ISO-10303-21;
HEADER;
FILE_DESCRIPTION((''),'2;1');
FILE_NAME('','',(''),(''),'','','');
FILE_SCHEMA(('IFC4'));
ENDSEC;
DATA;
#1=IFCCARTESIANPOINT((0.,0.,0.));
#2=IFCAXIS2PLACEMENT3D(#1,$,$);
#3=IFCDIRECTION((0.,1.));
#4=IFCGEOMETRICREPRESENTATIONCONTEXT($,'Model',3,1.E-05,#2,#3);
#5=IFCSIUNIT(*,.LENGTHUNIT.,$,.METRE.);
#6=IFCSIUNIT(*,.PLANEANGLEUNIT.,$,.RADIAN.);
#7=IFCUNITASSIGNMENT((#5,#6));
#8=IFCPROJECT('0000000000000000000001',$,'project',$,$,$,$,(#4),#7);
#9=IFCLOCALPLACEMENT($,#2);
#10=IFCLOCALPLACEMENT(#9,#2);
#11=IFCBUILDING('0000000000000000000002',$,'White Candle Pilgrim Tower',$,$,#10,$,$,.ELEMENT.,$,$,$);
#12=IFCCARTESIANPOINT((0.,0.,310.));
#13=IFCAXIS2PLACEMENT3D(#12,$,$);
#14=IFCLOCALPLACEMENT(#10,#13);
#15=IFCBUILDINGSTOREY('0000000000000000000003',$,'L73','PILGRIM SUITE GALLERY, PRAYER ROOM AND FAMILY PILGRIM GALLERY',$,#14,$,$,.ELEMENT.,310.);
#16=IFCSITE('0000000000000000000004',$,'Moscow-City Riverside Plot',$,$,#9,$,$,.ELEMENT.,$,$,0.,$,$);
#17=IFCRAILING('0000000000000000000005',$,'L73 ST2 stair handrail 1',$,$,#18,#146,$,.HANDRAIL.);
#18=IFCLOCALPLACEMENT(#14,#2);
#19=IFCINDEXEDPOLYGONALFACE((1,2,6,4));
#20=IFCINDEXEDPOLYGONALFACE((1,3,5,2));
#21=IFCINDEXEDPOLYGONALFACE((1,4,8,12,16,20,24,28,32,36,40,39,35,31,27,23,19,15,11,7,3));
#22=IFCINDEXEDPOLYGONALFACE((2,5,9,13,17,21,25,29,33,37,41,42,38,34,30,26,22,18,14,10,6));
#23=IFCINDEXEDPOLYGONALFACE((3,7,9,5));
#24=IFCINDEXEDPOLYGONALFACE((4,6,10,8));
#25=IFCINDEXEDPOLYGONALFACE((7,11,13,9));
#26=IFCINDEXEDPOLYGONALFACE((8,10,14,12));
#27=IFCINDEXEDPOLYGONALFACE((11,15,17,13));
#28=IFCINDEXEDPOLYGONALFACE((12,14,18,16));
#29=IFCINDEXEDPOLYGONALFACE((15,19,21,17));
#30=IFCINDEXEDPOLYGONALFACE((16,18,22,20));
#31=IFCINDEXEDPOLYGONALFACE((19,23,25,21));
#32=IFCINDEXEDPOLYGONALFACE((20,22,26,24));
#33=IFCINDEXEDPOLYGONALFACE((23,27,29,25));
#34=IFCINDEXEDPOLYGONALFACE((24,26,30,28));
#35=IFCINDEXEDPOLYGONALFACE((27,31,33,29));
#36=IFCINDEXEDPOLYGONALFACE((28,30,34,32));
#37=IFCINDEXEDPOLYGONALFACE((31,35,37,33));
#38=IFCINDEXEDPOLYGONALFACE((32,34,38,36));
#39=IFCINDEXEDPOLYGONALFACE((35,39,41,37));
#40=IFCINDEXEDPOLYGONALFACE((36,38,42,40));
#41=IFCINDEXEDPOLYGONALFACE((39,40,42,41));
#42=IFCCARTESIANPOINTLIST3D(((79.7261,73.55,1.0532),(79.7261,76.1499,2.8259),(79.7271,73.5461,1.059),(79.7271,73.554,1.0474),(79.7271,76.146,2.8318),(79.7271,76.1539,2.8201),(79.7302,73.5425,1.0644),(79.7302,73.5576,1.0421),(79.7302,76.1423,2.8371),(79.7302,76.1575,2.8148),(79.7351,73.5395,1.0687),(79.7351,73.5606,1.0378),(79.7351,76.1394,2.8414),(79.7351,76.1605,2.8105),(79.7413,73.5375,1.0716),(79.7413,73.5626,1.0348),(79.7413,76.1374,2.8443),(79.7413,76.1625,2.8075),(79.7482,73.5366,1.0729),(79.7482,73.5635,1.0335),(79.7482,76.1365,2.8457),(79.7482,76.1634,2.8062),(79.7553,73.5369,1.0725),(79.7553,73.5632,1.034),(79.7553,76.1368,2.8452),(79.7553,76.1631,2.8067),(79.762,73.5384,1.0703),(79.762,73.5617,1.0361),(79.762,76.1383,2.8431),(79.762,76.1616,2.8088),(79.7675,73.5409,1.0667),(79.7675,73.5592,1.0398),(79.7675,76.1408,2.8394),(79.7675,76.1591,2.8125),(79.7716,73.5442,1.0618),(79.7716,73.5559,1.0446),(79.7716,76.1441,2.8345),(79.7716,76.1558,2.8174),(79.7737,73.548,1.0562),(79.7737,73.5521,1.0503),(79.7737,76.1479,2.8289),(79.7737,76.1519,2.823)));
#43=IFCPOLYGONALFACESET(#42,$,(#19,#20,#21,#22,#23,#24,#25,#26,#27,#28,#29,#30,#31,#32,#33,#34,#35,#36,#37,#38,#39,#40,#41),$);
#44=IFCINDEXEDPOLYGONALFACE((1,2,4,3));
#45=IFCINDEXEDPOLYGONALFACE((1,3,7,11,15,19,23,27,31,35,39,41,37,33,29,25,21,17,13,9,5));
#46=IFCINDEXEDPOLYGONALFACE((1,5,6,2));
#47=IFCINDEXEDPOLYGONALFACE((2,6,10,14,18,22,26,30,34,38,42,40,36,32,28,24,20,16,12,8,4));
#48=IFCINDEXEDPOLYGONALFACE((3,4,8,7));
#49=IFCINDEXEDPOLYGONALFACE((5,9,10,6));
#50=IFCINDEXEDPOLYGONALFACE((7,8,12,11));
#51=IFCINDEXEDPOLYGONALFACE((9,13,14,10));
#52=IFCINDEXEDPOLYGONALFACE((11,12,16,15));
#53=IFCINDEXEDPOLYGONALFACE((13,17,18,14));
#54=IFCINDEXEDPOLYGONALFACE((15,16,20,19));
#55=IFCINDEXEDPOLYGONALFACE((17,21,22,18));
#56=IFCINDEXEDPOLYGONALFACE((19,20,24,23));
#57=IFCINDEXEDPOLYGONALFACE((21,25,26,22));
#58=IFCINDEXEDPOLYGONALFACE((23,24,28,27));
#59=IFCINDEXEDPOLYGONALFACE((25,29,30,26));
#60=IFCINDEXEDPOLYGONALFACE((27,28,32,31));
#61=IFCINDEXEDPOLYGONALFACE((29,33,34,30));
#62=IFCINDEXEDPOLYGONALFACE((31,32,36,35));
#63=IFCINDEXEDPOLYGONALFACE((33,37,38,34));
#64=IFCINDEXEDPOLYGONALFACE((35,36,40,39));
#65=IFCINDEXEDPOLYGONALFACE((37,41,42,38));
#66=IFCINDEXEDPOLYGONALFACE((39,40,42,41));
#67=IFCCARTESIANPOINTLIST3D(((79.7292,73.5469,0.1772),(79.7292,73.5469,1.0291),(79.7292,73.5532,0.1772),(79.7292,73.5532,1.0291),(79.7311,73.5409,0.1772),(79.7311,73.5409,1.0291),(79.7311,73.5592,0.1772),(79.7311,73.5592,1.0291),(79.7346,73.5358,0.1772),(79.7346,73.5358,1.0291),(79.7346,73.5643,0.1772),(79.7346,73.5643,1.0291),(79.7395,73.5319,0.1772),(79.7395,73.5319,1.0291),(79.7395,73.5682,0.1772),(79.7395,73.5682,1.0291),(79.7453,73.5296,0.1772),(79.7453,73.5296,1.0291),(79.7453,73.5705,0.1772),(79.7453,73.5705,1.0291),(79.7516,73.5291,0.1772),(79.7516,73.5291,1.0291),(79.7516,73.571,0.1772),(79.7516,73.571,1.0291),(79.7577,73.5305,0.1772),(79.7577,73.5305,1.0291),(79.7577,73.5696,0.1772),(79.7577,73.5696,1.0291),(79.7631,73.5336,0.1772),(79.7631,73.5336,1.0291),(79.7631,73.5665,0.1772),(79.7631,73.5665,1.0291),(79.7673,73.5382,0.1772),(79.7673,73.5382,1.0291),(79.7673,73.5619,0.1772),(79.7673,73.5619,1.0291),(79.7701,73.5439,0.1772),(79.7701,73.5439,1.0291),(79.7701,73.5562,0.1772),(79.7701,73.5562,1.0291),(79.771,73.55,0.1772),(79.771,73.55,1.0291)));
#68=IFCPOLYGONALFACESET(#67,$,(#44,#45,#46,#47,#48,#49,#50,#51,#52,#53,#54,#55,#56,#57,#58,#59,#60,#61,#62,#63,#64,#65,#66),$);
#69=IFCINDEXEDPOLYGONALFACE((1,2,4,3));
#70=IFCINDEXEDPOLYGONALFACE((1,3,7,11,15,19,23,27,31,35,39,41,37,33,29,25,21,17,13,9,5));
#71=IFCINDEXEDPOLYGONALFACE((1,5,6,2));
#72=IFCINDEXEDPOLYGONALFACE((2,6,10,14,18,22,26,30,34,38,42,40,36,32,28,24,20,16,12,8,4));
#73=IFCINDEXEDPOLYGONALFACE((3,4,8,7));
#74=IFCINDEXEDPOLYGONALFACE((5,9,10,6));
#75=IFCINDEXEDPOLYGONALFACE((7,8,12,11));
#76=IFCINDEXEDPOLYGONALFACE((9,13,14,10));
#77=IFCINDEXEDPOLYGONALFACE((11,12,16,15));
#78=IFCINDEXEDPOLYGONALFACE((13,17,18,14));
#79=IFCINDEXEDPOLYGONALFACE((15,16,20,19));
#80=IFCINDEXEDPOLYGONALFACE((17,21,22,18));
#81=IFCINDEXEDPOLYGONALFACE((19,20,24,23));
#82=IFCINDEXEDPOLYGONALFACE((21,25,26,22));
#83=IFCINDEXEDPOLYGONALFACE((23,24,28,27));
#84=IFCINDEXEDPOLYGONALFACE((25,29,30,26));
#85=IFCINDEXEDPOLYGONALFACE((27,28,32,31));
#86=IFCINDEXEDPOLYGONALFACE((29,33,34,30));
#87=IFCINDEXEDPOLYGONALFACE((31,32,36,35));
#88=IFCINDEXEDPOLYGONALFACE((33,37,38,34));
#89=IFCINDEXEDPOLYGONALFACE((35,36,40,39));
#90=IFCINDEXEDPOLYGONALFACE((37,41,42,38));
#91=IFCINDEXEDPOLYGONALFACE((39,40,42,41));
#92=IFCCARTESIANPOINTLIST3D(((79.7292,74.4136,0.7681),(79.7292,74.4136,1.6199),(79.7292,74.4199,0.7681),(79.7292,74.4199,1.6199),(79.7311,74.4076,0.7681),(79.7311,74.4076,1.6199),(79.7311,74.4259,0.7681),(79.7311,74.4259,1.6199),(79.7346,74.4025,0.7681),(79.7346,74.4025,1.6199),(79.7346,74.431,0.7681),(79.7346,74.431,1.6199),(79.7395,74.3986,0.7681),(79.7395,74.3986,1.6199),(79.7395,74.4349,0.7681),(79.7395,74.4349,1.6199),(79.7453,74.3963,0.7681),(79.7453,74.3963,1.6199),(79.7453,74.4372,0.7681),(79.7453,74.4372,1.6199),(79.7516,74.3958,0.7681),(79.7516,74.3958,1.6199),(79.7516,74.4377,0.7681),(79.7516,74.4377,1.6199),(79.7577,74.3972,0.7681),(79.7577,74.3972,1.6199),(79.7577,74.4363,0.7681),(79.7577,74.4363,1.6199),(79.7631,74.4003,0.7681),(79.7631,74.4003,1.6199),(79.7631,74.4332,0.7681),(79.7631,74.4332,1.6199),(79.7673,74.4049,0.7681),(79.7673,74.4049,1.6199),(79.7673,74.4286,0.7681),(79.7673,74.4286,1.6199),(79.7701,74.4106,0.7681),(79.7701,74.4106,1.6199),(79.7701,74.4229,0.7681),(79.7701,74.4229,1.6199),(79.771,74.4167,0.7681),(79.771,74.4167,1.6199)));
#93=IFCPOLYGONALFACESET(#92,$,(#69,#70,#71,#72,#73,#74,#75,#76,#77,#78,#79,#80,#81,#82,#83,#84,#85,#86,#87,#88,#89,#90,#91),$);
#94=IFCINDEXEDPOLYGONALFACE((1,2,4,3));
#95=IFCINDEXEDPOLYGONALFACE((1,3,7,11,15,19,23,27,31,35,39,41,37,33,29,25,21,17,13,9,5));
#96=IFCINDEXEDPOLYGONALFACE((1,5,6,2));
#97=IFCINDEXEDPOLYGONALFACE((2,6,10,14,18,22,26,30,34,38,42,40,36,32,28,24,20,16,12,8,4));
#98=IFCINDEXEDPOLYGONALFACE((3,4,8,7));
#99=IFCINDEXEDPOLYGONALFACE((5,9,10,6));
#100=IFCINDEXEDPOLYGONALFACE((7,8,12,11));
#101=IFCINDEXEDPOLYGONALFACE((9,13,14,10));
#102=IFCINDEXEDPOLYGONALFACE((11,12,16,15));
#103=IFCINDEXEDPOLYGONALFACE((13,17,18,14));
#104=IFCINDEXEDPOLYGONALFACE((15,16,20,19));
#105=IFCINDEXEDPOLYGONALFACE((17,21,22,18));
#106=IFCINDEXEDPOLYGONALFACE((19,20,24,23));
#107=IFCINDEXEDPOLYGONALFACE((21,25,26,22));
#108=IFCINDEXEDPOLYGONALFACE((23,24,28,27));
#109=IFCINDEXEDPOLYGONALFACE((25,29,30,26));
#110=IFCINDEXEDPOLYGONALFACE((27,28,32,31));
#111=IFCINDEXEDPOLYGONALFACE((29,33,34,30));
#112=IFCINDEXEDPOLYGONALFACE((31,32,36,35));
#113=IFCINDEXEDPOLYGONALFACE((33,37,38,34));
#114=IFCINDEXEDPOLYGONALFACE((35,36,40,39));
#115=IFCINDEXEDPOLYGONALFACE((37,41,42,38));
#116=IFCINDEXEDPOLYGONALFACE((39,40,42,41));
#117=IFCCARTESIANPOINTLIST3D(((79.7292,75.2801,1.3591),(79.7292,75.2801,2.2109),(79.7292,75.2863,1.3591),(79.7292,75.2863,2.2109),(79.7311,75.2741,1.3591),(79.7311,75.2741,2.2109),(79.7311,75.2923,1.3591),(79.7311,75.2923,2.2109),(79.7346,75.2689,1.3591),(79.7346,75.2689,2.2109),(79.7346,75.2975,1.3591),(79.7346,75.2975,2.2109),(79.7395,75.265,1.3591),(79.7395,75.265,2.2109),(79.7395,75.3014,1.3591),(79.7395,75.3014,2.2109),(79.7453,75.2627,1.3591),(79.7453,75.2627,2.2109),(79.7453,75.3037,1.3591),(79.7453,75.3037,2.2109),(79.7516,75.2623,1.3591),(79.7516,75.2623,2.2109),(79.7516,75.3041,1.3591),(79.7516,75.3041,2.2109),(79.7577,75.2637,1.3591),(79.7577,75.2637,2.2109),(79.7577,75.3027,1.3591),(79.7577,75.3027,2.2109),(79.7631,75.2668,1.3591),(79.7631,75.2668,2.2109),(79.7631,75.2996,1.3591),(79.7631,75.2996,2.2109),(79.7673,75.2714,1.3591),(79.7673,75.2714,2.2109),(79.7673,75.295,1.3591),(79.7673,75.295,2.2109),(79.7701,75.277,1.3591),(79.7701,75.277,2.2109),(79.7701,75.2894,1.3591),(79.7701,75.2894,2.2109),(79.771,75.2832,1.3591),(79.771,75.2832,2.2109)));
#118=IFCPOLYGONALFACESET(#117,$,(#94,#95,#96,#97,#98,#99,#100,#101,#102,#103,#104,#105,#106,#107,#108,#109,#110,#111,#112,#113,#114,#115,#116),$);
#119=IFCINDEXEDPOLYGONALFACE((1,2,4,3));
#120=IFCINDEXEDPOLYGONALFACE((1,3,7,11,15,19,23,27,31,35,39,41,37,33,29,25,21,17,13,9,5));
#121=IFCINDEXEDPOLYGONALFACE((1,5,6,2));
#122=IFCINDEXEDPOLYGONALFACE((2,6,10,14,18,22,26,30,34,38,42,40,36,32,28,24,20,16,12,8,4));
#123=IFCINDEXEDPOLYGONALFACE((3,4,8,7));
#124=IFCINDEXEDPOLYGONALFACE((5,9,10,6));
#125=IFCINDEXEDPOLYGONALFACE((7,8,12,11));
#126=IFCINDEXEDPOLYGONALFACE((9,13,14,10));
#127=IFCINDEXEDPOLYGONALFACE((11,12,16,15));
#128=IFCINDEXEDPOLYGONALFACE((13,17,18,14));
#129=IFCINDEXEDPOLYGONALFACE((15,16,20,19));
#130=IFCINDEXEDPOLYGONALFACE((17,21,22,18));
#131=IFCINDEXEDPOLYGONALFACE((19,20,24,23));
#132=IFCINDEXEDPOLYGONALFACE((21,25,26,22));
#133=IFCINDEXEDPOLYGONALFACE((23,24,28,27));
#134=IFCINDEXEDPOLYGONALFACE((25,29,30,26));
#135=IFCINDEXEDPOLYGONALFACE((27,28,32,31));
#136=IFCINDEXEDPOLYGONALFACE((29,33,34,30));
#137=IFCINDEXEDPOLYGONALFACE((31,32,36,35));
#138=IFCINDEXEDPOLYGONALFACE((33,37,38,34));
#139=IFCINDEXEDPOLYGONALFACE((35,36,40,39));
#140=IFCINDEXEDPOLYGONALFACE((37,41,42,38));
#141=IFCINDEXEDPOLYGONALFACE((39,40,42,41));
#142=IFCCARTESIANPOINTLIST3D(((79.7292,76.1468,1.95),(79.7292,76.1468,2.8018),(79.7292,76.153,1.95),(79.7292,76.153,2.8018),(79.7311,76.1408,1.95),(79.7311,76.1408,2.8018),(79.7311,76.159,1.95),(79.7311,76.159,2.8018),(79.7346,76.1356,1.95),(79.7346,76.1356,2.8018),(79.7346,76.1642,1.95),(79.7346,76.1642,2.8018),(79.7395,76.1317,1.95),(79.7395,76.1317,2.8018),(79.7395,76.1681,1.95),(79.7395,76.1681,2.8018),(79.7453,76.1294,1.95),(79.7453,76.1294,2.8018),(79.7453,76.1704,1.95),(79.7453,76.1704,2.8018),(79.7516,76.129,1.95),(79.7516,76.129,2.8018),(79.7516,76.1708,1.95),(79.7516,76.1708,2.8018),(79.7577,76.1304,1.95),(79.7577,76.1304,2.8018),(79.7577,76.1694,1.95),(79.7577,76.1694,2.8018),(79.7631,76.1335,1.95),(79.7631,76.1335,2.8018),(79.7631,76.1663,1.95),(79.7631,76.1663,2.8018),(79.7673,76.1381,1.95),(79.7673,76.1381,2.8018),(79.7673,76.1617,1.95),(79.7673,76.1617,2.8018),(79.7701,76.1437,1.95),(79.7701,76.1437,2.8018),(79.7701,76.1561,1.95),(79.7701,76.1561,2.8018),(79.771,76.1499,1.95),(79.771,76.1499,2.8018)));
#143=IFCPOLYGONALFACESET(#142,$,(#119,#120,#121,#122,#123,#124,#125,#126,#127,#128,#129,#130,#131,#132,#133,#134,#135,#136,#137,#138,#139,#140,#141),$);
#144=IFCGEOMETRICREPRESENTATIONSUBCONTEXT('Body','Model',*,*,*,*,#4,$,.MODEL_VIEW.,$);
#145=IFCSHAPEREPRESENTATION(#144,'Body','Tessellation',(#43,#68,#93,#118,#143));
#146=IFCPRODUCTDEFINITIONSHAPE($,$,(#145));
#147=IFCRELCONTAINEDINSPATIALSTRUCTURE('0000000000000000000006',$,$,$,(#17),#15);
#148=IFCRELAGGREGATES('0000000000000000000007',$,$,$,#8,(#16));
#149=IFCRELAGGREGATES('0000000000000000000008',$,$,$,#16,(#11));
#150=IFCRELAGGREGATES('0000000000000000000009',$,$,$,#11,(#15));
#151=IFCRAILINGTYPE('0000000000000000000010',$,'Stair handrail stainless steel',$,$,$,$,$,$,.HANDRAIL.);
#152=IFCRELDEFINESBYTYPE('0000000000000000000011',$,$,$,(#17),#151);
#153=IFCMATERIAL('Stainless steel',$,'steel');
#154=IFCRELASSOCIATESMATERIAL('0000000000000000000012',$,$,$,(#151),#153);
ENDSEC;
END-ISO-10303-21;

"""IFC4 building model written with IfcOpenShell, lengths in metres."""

from ifc_helpers import new_model, si_unit, direction, frame, origin, origin_2d, place, context, subcontext, project, spatial, circle, extrude, material, type_object, element, save


model = new_model("IFC4")

# Units and contexts
model_context = context("Model", 3, precision=1e-05, world=origin(), true_north=direction((0.0, 1.0)))
body_context = subcontext(model_context, "Body", "Model", "MODEL_VIEW")
ifc_project = project(units=[si_unit("LENGTHUNIT", "METRE"), si_unit("PLANEANGLEUNIT", "RADIAN")], contexts=[model_context])

# Site, building, storey
site_placement = place(None, origin())
site = spatial("IfcSite", under=ifc_project, at=site_placement, Name="Moscow-City Riverside Plot", CompositionType="ELEMENT", RefElevation=0.0)
building_placement = place(site_placement, origin())
building = spatial("IfcBuilding", under=site, at=building_placement, Name="White Candle Pilgrim Tower", CompositionType="ELEMENT")
storey_placement = place(building_placement, frame((0.0, 0.0, 310.0)))
storey = spatial("IfcBuildingStorey", under=building, at=storey_placement, Name="L73", Description="PILGRIM SUITE GALLERY, PRAYER ROOM AND FAMILY PILGRIM GALLERY", CompositionType="ELEMENT", Elevation=310.0)

# Railing
ifc_material_1 = material(Name="Stainless steel", Category="steel")
railing_type_1 = type_object("IfcRailingType", Name="Stair handrail stainless steel", PredefinedType="HANDRAIL", material=ifc_material_1)
railing_1_placement = place(storey_placement, frame((79.75, 73.55, 0.1772)))
element("IfcRailing", 1, at=railing_1_placement, inside=storey, type_object=railing_type_1, Name="L73 ST2 stair handrail 1", PredefinedType="HANDRAIL", context=body_context, shape_type="SweptSolid", body=[
    extrude(circle(Radius=0.0239, at=origin_2d()), frame((0.0, 0.0, 0.876), z_axis=(0.0, 0.826216, 0.563354), x_axis=(-1.0, 0.0, 0.0)), (0.0, 0.0, 1.0), 3.1467),
    extrude(circle(Radius=0.021, at=origin_2d()), origin(), (0.0, 0.0, 1.0), 0.8518),
    extrude(circle(Radius=0.021, at=origin_2d()), frame((0.0, 0.8667, 0.5908)), (0.0, 0.0, 1.0), 0.8518),
    extrude(circle(Radius=0.021, at=origin_2d()), frame((0.0, 1.7332, 1.1819)), (0.0, 0.0, 1.0), 0.8518),
    extrude(circle(Radius=0.021, at=origin_2d()), frame((0.0, 2.5999, 1.7727)), (0.0, 0.0, 1.0), 0.8518),
])

save(model, "model.ifc")
